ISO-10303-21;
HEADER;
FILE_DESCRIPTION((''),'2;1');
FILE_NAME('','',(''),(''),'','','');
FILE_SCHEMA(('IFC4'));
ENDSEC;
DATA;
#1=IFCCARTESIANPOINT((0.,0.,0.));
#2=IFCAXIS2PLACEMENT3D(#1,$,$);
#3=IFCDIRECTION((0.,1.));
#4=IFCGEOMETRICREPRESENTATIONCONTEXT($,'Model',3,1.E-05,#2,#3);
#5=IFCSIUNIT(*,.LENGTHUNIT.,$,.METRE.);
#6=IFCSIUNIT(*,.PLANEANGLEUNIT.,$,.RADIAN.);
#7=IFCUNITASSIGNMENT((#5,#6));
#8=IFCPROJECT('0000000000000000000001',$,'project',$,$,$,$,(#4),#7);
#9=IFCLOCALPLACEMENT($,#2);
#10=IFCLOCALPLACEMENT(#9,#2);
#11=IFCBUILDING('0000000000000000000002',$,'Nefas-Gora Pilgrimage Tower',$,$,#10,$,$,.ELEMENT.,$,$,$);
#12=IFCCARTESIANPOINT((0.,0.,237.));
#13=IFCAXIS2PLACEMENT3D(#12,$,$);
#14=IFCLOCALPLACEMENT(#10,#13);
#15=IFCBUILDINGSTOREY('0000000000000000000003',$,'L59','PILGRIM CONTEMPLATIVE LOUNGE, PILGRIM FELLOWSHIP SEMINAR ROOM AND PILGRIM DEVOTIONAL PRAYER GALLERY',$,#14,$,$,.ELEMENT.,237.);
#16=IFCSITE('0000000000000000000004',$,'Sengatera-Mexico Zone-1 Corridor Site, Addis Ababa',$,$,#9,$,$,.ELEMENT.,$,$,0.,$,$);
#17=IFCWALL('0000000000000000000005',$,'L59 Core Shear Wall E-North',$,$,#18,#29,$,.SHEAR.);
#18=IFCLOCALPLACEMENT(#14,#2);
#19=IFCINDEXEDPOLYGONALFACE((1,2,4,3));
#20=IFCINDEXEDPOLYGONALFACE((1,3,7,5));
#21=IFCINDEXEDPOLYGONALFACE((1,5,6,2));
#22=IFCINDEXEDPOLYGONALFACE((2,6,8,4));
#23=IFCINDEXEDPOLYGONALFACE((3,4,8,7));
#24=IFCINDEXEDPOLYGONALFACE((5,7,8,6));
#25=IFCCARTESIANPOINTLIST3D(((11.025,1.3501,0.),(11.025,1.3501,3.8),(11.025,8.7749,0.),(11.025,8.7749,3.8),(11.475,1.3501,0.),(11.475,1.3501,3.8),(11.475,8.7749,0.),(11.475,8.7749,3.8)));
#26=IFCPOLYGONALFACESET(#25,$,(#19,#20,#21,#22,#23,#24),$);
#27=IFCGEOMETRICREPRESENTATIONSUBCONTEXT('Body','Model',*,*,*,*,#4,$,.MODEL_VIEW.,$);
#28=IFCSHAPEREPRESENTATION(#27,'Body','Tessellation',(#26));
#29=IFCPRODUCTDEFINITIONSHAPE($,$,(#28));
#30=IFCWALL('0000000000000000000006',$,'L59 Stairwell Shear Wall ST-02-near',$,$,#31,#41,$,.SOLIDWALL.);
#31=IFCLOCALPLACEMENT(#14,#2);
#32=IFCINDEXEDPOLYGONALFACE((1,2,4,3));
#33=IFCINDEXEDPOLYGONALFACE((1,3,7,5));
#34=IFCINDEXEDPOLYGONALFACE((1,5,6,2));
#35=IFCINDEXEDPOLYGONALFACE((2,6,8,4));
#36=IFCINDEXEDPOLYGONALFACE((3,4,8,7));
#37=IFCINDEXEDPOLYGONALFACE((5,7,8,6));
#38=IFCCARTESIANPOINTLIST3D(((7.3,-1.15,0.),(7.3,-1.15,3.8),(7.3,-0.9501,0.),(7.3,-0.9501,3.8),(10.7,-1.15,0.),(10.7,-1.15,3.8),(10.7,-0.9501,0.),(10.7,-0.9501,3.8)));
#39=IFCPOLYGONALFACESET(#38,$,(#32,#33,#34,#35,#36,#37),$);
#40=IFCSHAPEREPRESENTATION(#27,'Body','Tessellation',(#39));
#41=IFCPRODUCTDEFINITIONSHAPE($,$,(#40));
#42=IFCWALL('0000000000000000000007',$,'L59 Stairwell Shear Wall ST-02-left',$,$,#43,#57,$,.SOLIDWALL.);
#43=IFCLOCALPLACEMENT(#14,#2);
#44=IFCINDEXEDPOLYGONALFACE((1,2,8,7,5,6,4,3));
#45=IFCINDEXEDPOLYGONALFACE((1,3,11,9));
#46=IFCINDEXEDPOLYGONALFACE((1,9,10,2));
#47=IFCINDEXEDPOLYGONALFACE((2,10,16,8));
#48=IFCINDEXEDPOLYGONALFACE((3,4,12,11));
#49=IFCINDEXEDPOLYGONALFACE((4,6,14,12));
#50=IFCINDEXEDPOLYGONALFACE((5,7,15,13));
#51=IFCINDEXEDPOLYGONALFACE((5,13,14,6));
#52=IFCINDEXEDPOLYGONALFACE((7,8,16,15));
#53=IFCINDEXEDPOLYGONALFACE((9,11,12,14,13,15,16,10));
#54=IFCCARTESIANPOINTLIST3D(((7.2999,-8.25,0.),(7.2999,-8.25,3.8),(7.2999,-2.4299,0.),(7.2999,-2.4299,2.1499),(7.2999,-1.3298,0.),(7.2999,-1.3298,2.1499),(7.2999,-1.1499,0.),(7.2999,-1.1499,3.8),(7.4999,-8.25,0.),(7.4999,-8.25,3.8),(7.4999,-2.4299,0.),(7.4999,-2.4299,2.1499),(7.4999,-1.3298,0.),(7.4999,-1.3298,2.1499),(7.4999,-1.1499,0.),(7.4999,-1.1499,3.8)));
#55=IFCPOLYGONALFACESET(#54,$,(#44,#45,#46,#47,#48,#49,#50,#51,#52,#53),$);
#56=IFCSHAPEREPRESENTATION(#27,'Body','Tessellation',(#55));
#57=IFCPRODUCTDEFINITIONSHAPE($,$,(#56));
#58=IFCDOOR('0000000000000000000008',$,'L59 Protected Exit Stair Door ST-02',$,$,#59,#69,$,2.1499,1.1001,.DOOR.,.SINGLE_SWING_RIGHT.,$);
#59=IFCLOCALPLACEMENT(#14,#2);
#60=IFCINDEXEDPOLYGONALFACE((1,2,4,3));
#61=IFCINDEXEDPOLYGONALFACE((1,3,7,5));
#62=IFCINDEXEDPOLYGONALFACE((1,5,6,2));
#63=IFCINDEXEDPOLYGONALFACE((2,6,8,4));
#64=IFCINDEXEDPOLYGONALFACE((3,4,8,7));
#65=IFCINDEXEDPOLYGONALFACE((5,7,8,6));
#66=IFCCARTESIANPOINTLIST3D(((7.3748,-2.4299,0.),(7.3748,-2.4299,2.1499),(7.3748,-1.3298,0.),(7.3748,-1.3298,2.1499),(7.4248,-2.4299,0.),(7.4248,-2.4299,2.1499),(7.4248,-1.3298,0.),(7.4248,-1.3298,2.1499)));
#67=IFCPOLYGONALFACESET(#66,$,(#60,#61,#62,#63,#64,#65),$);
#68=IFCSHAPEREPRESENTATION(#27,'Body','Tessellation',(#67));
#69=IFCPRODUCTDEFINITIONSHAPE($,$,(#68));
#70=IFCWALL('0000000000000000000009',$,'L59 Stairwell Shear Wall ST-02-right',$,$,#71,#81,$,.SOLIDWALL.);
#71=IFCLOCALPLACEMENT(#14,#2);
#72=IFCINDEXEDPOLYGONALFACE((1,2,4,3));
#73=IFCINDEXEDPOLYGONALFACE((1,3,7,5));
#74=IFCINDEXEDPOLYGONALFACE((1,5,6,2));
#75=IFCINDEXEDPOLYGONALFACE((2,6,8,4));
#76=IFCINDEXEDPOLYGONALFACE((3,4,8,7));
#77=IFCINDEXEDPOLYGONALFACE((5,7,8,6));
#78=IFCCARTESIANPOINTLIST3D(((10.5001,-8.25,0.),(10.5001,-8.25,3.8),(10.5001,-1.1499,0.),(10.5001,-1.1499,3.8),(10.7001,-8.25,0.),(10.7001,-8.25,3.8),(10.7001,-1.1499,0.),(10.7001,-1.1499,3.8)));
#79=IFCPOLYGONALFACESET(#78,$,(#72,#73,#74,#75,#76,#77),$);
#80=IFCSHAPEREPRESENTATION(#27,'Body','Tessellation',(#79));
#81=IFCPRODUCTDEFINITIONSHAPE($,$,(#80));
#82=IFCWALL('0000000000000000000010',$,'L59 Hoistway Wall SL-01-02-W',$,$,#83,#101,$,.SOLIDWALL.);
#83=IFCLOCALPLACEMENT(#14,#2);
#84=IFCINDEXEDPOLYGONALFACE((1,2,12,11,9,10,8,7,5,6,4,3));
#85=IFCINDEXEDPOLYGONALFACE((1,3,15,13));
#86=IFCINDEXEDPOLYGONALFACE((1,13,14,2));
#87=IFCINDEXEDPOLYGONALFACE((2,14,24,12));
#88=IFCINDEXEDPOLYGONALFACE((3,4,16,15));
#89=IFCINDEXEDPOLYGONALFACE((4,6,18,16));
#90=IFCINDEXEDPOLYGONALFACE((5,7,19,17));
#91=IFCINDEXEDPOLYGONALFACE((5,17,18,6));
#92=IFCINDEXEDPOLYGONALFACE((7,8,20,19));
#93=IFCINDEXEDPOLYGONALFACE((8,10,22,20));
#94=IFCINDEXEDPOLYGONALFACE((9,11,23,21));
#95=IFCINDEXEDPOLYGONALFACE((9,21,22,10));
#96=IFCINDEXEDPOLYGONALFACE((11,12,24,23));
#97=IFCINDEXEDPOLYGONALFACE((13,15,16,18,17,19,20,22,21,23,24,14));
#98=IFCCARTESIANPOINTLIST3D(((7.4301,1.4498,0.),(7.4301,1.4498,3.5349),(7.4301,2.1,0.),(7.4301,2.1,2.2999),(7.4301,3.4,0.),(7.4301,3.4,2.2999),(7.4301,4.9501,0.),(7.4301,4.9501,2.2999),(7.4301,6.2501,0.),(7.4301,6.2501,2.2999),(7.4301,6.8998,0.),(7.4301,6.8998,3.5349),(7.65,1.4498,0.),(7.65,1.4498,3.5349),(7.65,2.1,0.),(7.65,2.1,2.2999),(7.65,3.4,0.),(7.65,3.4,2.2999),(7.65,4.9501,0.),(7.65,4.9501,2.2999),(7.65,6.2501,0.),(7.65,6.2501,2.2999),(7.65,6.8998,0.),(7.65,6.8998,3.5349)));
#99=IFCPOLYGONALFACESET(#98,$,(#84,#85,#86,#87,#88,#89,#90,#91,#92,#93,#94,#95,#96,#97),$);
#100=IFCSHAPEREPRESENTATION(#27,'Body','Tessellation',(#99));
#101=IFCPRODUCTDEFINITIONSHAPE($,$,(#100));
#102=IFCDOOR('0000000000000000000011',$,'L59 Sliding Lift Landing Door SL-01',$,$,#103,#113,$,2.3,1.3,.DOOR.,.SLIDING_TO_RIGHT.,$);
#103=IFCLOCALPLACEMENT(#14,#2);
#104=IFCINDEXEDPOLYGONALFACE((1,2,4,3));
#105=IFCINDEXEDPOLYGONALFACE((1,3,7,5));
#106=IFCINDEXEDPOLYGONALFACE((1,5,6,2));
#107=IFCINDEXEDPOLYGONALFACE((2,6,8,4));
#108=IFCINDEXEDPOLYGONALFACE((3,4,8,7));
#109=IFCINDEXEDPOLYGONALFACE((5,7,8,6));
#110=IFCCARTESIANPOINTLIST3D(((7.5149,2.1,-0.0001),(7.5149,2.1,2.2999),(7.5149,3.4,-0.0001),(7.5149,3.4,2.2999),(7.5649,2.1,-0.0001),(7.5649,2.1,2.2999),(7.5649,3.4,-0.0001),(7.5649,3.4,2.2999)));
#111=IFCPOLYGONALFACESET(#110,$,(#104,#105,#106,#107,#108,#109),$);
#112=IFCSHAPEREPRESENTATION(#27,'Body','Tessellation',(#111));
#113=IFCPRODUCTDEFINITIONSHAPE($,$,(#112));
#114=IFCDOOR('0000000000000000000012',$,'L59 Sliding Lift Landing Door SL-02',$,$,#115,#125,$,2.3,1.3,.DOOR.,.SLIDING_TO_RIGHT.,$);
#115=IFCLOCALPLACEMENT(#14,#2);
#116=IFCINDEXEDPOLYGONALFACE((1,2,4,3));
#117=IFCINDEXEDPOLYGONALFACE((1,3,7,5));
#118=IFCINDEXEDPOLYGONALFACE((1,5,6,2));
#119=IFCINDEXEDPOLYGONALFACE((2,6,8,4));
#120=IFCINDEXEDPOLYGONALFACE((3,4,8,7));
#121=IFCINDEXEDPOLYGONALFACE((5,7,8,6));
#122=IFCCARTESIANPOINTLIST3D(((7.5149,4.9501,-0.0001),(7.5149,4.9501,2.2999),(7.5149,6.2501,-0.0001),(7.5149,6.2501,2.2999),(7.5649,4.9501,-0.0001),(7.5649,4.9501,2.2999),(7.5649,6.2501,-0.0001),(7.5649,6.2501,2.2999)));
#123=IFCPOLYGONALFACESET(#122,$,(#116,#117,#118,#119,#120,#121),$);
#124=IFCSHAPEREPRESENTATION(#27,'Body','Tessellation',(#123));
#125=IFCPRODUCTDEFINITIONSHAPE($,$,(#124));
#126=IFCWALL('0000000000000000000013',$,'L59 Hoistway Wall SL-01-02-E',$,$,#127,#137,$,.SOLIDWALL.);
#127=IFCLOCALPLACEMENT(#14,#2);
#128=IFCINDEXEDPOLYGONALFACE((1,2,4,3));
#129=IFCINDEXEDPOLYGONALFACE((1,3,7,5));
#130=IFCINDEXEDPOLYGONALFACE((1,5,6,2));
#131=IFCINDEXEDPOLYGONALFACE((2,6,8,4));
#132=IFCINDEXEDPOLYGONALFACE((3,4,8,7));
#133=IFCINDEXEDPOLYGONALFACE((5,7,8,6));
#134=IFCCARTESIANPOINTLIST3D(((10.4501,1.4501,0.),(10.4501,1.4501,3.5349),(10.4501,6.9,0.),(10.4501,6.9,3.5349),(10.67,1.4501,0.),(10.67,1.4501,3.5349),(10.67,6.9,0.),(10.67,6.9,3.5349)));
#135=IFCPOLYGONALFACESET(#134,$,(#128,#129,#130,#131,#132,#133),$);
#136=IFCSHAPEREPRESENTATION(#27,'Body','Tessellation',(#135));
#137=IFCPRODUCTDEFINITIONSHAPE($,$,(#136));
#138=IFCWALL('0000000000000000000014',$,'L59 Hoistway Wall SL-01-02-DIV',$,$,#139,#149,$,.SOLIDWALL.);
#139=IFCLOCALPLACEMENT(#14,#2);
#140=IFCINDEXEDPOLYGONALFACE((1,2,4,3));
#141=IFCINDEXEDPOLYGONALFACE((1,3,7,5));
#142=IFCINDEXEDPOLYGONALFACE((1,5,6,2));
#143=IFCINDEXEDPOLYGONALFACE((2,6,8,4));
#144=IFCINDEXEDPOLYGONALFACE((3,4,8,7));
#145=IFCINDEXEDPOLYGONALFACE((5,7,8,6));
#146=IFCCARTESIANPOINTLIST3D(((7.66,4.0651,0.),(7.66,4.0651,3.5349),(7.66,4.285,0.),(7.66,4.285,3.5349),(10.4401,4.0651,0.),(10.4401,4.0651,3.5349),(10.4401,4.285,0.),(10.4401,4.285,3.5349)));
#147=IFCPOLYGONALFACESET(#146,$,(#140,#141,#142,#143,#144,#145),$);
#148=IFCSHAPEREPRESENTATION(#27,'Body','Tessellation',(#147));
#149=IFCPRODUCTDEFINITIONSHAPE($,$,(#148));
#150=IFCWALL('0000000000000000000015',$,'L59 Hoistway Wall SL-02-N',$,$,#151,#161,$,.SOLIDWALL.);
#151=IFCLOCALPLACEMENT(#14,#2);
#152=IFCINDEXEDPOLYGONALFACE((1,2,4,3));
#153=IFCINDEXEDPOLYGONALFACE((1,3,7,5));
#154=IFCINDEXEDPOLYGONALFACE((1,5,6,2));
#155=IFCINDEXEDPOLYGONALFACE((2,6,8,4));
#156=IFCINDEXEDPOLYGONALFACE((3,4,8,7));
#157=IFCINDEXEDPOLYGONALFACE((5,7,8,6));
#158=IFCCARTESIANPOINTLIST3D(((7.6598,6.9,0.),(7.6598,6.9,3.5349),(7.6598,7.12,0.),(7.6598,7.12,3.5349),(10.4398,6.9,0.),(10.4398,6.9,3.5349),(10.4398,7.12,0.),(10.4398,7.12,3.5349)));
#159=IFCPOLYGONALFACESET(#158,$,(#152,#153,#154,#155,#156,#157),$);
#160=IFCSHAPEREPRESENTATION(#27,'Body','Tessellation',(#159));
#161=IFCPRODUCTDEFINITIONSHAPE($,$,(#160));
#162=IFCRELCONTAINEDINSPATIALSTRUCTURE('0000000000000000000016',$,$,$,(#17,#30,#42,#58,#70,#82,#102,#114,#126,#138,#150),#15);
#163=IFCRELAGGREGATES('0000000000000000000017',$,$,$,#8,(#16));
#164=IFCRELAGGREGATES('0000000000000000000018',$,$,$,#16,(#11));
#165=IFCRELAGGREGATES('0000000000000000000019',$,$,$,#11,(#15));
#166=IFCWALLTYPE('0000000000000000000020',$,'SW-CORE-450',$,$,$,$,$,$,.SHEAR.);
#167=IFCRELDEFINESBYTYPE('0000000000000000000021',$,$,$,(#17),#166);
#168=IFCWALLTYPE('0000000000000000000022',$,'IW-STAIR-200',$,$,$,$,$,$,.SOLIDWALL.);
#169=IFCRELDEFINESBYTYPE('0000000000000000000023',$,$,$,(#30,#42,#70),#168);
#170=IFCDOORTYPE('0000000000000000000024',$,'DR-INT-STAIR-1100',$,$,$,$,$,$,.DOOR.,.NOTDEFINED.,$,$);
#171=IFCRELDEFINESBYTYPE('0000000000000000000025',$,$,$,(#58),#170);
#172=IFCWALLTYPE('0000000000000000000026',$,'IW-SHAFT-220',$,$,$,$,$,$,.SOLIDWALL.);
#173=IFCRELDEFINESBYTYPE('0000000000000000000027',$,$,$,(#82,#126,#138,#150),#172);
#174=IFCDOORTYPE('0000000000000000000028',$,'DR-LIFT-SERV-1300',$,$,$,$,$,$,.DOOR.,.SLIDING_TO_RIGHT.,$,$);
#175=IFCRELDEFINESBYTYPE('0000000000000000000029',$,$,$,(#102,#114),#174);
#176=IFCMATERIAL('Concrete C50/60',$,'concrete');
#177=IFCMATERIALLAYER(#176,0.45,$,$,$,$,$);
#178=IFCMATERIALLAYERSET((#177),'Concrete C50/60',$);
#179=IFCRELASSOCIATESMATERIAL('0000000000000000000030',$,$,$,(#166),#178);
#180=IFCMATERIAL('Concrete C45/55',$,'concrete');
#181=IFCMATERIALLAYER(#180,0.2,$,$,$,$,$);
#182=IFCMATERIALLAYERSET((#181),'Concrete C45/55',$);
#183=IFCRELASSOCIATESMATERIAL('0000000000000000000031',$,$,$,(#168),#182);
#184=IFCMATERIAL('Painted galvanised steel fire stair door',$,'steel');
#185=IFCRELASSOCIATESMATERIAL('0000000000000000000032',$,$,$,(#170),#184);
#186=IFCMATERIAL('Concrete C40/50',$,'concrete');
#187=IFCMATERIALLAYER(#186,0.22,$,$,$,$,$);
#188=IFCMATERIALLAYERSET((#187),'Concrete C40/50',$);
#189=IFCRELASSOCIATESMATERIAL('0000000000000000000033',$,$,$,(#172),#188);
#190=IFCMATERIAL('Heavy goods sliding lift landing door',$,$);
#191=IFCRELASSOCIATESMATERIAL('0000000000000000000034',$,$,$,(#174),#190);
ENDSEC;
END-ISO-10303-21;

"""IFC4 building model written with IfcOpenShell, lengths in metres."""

from ifc_helpers import new_model, si_unit, direction, frame, frame_2d, origin, place, context, subcontext, project, spatial, rectangle, extrude, source, transform, mapped, material, layer, layer_set, type_object, element, fill, save


model = new_model("IFC4")

# Units and contexts
model_context = context("Model", 3, precision=1e-05, world=origin(), true_north=direction((0.0, 1.0)))
body_context = subcontext(model_context, "Body", "Model", "MODEL_VIEW")
ifc_project = project(units=[si_unit("LENGTHUNIT", "METRE"), si_unit("PLANEANGLEUNIT", "RADIAN")], contexts=[model_context])

# Site, building, storey
site_placement = place(None, origin())
site = spatial("IfcSite", under=ifc_project, at=site_placement, Name="Sengatera-Mexico Zone-1 Corridor Site, Addis Ababa", CompositionType="ELEMENT", RefElevation=0.0)
building_placement = place(site_placement, origin())
building = spatial("IfcBuilding", under=site, at=building_placement, Name="Nefas-Gora Pilgrimage Tower", CompositionType="ELEMENT")
storey_placement = place(building_placement, frame((0.0, 0.0, 237.0)))
storey = spatial("IfcBuildingStorey", under=building, at=storey_placement, Name="L59", Description="PILGRIM CONTEMPLATIVE LOUNGE, PILGRIM FELLOWSHIP SEMINAR ROOM AND PILGRIM DEVOTIONAL PRAYER GALLERY", CompositionType="ELEMENT", Elevation=237.0)

# Walls
ifc_material_1 = material(Name="Concrete C50/60", Category="concrete")
ifc_layer_1 = layer(ifc_material_1, 0.45)
ifc_layer_set_1 = layer_set([ifc_layer_1], Name="Concrete C50/60")
wall_type_1 = type_object("IfcWallType", Name="SW-CORE-450", PredefinedType="SHEAR", material=ifc_layer_set_1)
shared_shape_1 = source(origin(), body_context, "Body", "SweptSolid", [
    extrude(rectangle(XDim=7.4248, YDim=0.45, at=frame_2d((3.7124, 0.0))), origin(), (0.0, 0.0, 1.0), 3.8),
])
wall_1_placement = place(storey_placement, frame((11.25, 1.3501, 0.0), z_axis=(0.0, 0.0, 1.0), x_axis=(0.0, 1.0, 0.0)))
element("IfcWall", 1, at=wall_1_placement, inside=storey, type_object=wall_type_1, Name="L59 Core Shear Wall E-North", PredefinedType="SHEAR", context=body_context, shape_type="MappedRepresentation", body=[
    mapped(shared_shape_1, transform((0.0, 0.0, 0.0), x_axis=(1.0, 0.0, 0.0), y_axis=(0.0, 1.0, 0.0), z_axis=(0.0, 0.0, 1.0), scale=1.0)),
])
ifc_material_2 = material(Name="Concrete C45/55", Category="concrete")
ifc_layer_2 = layer(ifc_material_2, 0.2)
ifc_layer_set_2 = layer_set([ifc_layer_2], Name="Concrete C45/55")
wall_type_2 = type_object("IfcWallType", Name="IW-STAIR-200", PredefinedType="SOLIDWALL", material=ifc_layer_set_2)
shared_shape_2 = source(origin(), body_context, "Body", "SweptSolid", [
    extrude(rectangle(XDim=3.3999, YDim=0.2, at=frame_2d((1.7, 0.0))), origin(), (0.0, 0.0, 1.0), 3.8),
])
wall_2_placement = place(storey_placement, frame((7.3, -1.05, 0.0), z_axis=(0.0, 0.0, 1.0), x_axis=(1.0, 0.0, 0.0)))
element("IfcWall", 2, at=wall_2_placement, inside=storey, type_object=wall_type_2, Name="L59 Stairwell Shear Wall ST-02-near", PredefinedType="SOLIDWALL", context=body_context, shape_type="MappedRepresentation", body=[
    mapped(shared_shape_2, transform((0.0, 0.0, 0.0), x_axis=(1.0, 0.0, 0.0), y_axis=(0.0, 1.0, 0.0), z_axis=(0.0, 0.0, 1.0), scale=1.0)),
])

# Wall, opening, door
shared_shape_3 = source(origin(), body_context, "Body", "SweptSolid", [
    extrude(rectangle(XDim=7.1001, YDim=0.2, at=frame_2d((3.55, 0.0))), origin(), (0.0, 0.0, 1.0), 3.8),
])
wall_3_placement = place(storey_placement, frame((7.3999, -1.1499, 0.0), z_axis=(0.0, 0.0, 1.0), x_axis=(0.0, -1.0, 0.0)))
wall_3 = element("IfcWall", 3, at=wall_3_placement, inside=storey, type_object=wall_type_2, Name="L59 Stairwell Shear Wall ST-02-left", PredefinedType="SOLIDWALL", context=body_context, shape_type="MappedRepresentation", body=[
    mapped(shared_shape_3, transform((0.0, 0.0, 0.0), x_axis=(1.0, 0.0, 0.0), y_axis=(0.0, 1.0, 0.0), z_axis=(0.0, 0.0, 1.0), scale=1.0)),
])
opening_1_placement = place(wall_3_placement, frame((0.1799, 0.0, 0.0)))
opening_1 = element("IfcOpeningElement", 4, at=opening_1_placement, cuts=wall_3, PredefinedType="OPENING", context=body_context, shape_type="SweptSolid", body=[
    extrude(rectangle(XDim=1.1001, YDim=2.1499, at=frame_2d((0.55, 1.075))), frame((0.0, 0.1099, 0.0), z_axis=(0.0, -1.0, 0.0), x_axis=(1.0, 0.0, 0.0)), (0.0, 0.0, 1.0), 0.22),
])
ifc_material_3 = material(Name="Painted galvanised steel fire stair door", Category="steel")
door_type_1 = type_object("IfcDoorType", Name="DR-INT-STAIR-1100", OperationType="NOTDEFINED", PredefinedType="DOOR", material=ifc_material_3)
shared_shape_4 = source(origin(), body_context, "Body", "SweptSolid", [
    extrude(rectangle(XDim=1.1001, YDim=2.1499, at=frame_2d((0.55, 1.075))), frame((0.0, 0.0249, 0.0), z_axis=(0.0, -1.0, 0.0), x_axis=(1.0, 0.0, 0.0)), (0.0, 0.0, 1.0), 0.05),
])
door_1_placement = place(opening_1_placement, origin())
door_1 = element("IfcDoor", 5, at=door_1_placement, inside=storey, type_object=door_type_1, Name="L59 Protected Exit Stair Door ST-02", OperationType="SINGLE_SWING_RIGHT", OverallHeight=2.1499, OverallWidth=1.1001, PredefinedType="DOOR", context=body_context, shape_type="MappedRepresentation", body=[
    mapped(shared_shape_4, transform((0.0, 0.0, 0.0), x_axis=(1.0, 0.0, 0.0), y_axis=(0.0, 1.0, 0.0), z_axis=(0.0, 0.0, 1.0), scale=1.0)),
])
fill(opening_1, door_1)

# Wall
wall_4_placement = place(storey_placement, frame((10.6001, -1.1499, 0.0), z_axis=(0.0, 0.0, 1.0), x_axis=(0.0, -1.0, 0.0)))
element("IfcWall", 6, at=wall_4_placement, inside=storey, type_object=wall_type_2, Name="L59 Stairwell Shear Wall ST-02-right", PredefinedType="SOLIDWALL", context=body_context, shape_type="MappedRepresentation", body=[
    mapped(shared_shape_3, transform((0.0, 0.0, 0.0), x_axis=(1.0, 0.0, 0.0), y_axis=(0.0, 1.0, 0.0), z_axis=(0.0, 0.0, 1.0), scale=1.0)),
])

# Wall, openings, doors
ifc_material_4 = material(Name="Concrete C40/50", Category="concrete")
ifc_layer_3 = layer(ifc_material_4, 0.22)
ifc_layer_set_3 = layer_set([ifc_layer_3], Name="Concrete C40/50")
wall_type_3 = type_object("IfcWallType", Name="IW-SHAFT-220", PredefinedType="SOLIDWALL", material=ifc_layer_set_3)
shared_shape_5 = source(origin(), body_context, "Body", "SweptSolid", [
    extrude(rectangle(XDim=5.45, YDim=0.22, at=frame_2d((2.7251, 0.0))), origin(), (0.0, 0.0, 1.0), 3.5349),
])
wall_5_placement = place(storey_placement, frame((7.54, 6.8999, 0.0), z_axis=(0.0, 0.0, 1.0), x_axis=(0.0, -1.0, 0.0)))
wall_5 = element("IfcWall", 7, at=wall_5_placement, inside=storey, type_object=wall_type_3, Name="L59 Hoistway Wall SL-01-02-W", PredefinedType="SOLIDWALL", context=body_context, shape_type="MappedRepresentation", body=[
    mapped(shared_shape_5, transform((0.0, 0.0, 0.0), x_axis=(1.0, 0.0, 0.0), y_axis=(0.0, 1.0, 0.0), z_axis=(0.0, 0.0, 1.0), scale=1.0)),
])
opening_2_placement = place(wall_5_placement, frame((3.5, 0.0, 0.0)))
opening_2 = element("IfcOpeningElement", 8, at=opening_2_placement, cuts=wall_5, PredefinedType="OPENING", context=body_context, shape_type="SweptSolid", body=[
    extrude(rectangle(XDim=1.3, YDim=2.3, at=frame_2d((0.6499, 1.1499))), frame((0.0, 0.1199, 0.0), z_axis=(0.0, -1.0, 0.0), x_axis=(1.0, 0.0, 0.0)), (0.0, 0.0, 1.0), 0.24),
])
opening_3_placement = place(wall_5_placement, frame((0.6499, 0.0, 0.0)))
opening_3 = element("IfcOpeningElement", 9, at=opening_3_placement, cuts=wall_5, PredefinedType="OPENING", context=body_context, shape_type="SweptSolid", body=[
    extrude(rectangle(XDim=1.3, YDim=2.3, at=frame_2d((0.6499, 1.1499))), frame((0.0, 0.1199, 0.0), z_axis=(0.0, -1.0, 0.0), x_axis=(1.0, 0.0, 0.0)), (0.0, 0.0, 1.0), 0.24),
])
ifc_material_5 = material(Name="Heavy goods sliding lift landing door")
door_type_2 = type_object("IfcDoorType", Name="DR-LIFT-SERV-1300", OperationType="SLIDING_TO_RIGHT", PredefinedType="DOOR", material=ifc_material_5)
shared_shape_6 = source(origin(), body_context, "Body", "SweptSolid", [
    extrude(rectangle(XDim=1.3, YDim=2.3, at=frame_2d((0.6499, 1.1499))), frame((0.0, 0.0249, 0.0), z_axis=(0.0, -1.0, 0.0), x_axis=(1.0, 0.0, 0.0)), (0.0, 0.0, 1.0), 0.05),
])
door_2_placement = place(opening_2_placement, origin())
door_2 = element("IfcDoor", 10, at=door_2_placement, inside=storey, type_object=door_type_2, Name="L59 Sliding Lift Landing Door SL-01", OperationType="SLIDING_TO_RIGHT", OverallHeight=2.3, OverallWidth=1.3, PredefinedType="DOOR", context=body_context, shape_type="MappedRepresentation", body=[
    mapped(shared_shape_6, transform((0.0, 0.0, 0.0), x_axis=(1.0, 0.0, 0.0), y_axis=(0.0, 1.0, 0.0), z_axis=(0.0, 0.0, 1.0), scale=1.0)),
])
fill(opening_2, door_2)
door_3_placement = place(opening_3_placement, origin())
door_3 = element("IfcDoor", 11, at=door_3_placement, inside=storey, type_object=door_type_2, Name="L59 Sliding Lift Landing Door SL-02", OperationType="SLIDING_TO_RIGHT", OverallHeight=2.3, OverallWidth=1.3, PredefinedType="DOOR", context=body_context, shape_type="MappedRepresentation", body=[
    mapped(shared_shape_6, transform((0.0, 0.0, 0.0), x_axis=(1.0, 0.0, 0.0), y_axis=(0.0, 1.0, 0.0), z_axis=(0.0, 0.0, 1.0), scale=1.0)),
])
fill(opening_3, door_3)

# Walls
wall_6_placement = place(storey_placement, frame((10.5601, 1.45, 0.0), z_axis=(0.0, 0.0, 1.0), x_axis=(0.0, 1.0, 0.0)))
element("IfcWall", 12, at=wall_6_placement, inside=storey, type_object=wall_type_3, Name="L59 Hoistway Wall SL-01-02-E", PredefinedType="SOLIDWALL", context=body_context, shape_type="MappedRepresentation", body=[
    mapped(shared_shape_5, transform((0.0, 0.0, 0.0), x_axis=(1.0, 0.0, 0.0), y_axis=(0.0, 1.0, 0.0), z_axis=(0.0, 0.0, 1.0), scale=1.0)),
])
shared_shape_7 = source(origin(), body_context, "Body", "SweptSolid", [
    extrude(rectangle(XDim=2.78, YDim=0.22, at=frame_2d((1.3901, 0.0))), origin(), (0.0, 0.0, 1.0), 3.5349),
])
for number, where, z_axis, x_axis, name in (
    (13, (7.6599, 4.175, 0.0), (0.0, 0.0, 1.0), (1.0, 0.0, 0.0), "L59 Hoistway Wall SL-01-02-DIV"),
    (14, (10.4399, 7.01, 0.0), (0.0, 0.0, 1.0), (-1.0, 0.0, 0.0), "L59 Hoistway Wall SL-02-N"),
):
    element("IfcWall", number, at=place(storey_placement, frame(where, z_axis=z_axis, x_axis=x_axis)), inside=storey, type_object=wall_type_3, Name=name, PredefinedType="SOLIDWALL", context=body_context, shape_type="MappedRepresentation", body=[
        mapped(shared_shape_7, transform((0.0, 0.0, 0.0), x_axis=(1.0, 0.0, 0.0), y_axis=(0.0, 1.0, 0.0), z_axis=(0.0, 0.0, 1.0), scale=1.0)),
    ])

save(model, "model.ifc")
